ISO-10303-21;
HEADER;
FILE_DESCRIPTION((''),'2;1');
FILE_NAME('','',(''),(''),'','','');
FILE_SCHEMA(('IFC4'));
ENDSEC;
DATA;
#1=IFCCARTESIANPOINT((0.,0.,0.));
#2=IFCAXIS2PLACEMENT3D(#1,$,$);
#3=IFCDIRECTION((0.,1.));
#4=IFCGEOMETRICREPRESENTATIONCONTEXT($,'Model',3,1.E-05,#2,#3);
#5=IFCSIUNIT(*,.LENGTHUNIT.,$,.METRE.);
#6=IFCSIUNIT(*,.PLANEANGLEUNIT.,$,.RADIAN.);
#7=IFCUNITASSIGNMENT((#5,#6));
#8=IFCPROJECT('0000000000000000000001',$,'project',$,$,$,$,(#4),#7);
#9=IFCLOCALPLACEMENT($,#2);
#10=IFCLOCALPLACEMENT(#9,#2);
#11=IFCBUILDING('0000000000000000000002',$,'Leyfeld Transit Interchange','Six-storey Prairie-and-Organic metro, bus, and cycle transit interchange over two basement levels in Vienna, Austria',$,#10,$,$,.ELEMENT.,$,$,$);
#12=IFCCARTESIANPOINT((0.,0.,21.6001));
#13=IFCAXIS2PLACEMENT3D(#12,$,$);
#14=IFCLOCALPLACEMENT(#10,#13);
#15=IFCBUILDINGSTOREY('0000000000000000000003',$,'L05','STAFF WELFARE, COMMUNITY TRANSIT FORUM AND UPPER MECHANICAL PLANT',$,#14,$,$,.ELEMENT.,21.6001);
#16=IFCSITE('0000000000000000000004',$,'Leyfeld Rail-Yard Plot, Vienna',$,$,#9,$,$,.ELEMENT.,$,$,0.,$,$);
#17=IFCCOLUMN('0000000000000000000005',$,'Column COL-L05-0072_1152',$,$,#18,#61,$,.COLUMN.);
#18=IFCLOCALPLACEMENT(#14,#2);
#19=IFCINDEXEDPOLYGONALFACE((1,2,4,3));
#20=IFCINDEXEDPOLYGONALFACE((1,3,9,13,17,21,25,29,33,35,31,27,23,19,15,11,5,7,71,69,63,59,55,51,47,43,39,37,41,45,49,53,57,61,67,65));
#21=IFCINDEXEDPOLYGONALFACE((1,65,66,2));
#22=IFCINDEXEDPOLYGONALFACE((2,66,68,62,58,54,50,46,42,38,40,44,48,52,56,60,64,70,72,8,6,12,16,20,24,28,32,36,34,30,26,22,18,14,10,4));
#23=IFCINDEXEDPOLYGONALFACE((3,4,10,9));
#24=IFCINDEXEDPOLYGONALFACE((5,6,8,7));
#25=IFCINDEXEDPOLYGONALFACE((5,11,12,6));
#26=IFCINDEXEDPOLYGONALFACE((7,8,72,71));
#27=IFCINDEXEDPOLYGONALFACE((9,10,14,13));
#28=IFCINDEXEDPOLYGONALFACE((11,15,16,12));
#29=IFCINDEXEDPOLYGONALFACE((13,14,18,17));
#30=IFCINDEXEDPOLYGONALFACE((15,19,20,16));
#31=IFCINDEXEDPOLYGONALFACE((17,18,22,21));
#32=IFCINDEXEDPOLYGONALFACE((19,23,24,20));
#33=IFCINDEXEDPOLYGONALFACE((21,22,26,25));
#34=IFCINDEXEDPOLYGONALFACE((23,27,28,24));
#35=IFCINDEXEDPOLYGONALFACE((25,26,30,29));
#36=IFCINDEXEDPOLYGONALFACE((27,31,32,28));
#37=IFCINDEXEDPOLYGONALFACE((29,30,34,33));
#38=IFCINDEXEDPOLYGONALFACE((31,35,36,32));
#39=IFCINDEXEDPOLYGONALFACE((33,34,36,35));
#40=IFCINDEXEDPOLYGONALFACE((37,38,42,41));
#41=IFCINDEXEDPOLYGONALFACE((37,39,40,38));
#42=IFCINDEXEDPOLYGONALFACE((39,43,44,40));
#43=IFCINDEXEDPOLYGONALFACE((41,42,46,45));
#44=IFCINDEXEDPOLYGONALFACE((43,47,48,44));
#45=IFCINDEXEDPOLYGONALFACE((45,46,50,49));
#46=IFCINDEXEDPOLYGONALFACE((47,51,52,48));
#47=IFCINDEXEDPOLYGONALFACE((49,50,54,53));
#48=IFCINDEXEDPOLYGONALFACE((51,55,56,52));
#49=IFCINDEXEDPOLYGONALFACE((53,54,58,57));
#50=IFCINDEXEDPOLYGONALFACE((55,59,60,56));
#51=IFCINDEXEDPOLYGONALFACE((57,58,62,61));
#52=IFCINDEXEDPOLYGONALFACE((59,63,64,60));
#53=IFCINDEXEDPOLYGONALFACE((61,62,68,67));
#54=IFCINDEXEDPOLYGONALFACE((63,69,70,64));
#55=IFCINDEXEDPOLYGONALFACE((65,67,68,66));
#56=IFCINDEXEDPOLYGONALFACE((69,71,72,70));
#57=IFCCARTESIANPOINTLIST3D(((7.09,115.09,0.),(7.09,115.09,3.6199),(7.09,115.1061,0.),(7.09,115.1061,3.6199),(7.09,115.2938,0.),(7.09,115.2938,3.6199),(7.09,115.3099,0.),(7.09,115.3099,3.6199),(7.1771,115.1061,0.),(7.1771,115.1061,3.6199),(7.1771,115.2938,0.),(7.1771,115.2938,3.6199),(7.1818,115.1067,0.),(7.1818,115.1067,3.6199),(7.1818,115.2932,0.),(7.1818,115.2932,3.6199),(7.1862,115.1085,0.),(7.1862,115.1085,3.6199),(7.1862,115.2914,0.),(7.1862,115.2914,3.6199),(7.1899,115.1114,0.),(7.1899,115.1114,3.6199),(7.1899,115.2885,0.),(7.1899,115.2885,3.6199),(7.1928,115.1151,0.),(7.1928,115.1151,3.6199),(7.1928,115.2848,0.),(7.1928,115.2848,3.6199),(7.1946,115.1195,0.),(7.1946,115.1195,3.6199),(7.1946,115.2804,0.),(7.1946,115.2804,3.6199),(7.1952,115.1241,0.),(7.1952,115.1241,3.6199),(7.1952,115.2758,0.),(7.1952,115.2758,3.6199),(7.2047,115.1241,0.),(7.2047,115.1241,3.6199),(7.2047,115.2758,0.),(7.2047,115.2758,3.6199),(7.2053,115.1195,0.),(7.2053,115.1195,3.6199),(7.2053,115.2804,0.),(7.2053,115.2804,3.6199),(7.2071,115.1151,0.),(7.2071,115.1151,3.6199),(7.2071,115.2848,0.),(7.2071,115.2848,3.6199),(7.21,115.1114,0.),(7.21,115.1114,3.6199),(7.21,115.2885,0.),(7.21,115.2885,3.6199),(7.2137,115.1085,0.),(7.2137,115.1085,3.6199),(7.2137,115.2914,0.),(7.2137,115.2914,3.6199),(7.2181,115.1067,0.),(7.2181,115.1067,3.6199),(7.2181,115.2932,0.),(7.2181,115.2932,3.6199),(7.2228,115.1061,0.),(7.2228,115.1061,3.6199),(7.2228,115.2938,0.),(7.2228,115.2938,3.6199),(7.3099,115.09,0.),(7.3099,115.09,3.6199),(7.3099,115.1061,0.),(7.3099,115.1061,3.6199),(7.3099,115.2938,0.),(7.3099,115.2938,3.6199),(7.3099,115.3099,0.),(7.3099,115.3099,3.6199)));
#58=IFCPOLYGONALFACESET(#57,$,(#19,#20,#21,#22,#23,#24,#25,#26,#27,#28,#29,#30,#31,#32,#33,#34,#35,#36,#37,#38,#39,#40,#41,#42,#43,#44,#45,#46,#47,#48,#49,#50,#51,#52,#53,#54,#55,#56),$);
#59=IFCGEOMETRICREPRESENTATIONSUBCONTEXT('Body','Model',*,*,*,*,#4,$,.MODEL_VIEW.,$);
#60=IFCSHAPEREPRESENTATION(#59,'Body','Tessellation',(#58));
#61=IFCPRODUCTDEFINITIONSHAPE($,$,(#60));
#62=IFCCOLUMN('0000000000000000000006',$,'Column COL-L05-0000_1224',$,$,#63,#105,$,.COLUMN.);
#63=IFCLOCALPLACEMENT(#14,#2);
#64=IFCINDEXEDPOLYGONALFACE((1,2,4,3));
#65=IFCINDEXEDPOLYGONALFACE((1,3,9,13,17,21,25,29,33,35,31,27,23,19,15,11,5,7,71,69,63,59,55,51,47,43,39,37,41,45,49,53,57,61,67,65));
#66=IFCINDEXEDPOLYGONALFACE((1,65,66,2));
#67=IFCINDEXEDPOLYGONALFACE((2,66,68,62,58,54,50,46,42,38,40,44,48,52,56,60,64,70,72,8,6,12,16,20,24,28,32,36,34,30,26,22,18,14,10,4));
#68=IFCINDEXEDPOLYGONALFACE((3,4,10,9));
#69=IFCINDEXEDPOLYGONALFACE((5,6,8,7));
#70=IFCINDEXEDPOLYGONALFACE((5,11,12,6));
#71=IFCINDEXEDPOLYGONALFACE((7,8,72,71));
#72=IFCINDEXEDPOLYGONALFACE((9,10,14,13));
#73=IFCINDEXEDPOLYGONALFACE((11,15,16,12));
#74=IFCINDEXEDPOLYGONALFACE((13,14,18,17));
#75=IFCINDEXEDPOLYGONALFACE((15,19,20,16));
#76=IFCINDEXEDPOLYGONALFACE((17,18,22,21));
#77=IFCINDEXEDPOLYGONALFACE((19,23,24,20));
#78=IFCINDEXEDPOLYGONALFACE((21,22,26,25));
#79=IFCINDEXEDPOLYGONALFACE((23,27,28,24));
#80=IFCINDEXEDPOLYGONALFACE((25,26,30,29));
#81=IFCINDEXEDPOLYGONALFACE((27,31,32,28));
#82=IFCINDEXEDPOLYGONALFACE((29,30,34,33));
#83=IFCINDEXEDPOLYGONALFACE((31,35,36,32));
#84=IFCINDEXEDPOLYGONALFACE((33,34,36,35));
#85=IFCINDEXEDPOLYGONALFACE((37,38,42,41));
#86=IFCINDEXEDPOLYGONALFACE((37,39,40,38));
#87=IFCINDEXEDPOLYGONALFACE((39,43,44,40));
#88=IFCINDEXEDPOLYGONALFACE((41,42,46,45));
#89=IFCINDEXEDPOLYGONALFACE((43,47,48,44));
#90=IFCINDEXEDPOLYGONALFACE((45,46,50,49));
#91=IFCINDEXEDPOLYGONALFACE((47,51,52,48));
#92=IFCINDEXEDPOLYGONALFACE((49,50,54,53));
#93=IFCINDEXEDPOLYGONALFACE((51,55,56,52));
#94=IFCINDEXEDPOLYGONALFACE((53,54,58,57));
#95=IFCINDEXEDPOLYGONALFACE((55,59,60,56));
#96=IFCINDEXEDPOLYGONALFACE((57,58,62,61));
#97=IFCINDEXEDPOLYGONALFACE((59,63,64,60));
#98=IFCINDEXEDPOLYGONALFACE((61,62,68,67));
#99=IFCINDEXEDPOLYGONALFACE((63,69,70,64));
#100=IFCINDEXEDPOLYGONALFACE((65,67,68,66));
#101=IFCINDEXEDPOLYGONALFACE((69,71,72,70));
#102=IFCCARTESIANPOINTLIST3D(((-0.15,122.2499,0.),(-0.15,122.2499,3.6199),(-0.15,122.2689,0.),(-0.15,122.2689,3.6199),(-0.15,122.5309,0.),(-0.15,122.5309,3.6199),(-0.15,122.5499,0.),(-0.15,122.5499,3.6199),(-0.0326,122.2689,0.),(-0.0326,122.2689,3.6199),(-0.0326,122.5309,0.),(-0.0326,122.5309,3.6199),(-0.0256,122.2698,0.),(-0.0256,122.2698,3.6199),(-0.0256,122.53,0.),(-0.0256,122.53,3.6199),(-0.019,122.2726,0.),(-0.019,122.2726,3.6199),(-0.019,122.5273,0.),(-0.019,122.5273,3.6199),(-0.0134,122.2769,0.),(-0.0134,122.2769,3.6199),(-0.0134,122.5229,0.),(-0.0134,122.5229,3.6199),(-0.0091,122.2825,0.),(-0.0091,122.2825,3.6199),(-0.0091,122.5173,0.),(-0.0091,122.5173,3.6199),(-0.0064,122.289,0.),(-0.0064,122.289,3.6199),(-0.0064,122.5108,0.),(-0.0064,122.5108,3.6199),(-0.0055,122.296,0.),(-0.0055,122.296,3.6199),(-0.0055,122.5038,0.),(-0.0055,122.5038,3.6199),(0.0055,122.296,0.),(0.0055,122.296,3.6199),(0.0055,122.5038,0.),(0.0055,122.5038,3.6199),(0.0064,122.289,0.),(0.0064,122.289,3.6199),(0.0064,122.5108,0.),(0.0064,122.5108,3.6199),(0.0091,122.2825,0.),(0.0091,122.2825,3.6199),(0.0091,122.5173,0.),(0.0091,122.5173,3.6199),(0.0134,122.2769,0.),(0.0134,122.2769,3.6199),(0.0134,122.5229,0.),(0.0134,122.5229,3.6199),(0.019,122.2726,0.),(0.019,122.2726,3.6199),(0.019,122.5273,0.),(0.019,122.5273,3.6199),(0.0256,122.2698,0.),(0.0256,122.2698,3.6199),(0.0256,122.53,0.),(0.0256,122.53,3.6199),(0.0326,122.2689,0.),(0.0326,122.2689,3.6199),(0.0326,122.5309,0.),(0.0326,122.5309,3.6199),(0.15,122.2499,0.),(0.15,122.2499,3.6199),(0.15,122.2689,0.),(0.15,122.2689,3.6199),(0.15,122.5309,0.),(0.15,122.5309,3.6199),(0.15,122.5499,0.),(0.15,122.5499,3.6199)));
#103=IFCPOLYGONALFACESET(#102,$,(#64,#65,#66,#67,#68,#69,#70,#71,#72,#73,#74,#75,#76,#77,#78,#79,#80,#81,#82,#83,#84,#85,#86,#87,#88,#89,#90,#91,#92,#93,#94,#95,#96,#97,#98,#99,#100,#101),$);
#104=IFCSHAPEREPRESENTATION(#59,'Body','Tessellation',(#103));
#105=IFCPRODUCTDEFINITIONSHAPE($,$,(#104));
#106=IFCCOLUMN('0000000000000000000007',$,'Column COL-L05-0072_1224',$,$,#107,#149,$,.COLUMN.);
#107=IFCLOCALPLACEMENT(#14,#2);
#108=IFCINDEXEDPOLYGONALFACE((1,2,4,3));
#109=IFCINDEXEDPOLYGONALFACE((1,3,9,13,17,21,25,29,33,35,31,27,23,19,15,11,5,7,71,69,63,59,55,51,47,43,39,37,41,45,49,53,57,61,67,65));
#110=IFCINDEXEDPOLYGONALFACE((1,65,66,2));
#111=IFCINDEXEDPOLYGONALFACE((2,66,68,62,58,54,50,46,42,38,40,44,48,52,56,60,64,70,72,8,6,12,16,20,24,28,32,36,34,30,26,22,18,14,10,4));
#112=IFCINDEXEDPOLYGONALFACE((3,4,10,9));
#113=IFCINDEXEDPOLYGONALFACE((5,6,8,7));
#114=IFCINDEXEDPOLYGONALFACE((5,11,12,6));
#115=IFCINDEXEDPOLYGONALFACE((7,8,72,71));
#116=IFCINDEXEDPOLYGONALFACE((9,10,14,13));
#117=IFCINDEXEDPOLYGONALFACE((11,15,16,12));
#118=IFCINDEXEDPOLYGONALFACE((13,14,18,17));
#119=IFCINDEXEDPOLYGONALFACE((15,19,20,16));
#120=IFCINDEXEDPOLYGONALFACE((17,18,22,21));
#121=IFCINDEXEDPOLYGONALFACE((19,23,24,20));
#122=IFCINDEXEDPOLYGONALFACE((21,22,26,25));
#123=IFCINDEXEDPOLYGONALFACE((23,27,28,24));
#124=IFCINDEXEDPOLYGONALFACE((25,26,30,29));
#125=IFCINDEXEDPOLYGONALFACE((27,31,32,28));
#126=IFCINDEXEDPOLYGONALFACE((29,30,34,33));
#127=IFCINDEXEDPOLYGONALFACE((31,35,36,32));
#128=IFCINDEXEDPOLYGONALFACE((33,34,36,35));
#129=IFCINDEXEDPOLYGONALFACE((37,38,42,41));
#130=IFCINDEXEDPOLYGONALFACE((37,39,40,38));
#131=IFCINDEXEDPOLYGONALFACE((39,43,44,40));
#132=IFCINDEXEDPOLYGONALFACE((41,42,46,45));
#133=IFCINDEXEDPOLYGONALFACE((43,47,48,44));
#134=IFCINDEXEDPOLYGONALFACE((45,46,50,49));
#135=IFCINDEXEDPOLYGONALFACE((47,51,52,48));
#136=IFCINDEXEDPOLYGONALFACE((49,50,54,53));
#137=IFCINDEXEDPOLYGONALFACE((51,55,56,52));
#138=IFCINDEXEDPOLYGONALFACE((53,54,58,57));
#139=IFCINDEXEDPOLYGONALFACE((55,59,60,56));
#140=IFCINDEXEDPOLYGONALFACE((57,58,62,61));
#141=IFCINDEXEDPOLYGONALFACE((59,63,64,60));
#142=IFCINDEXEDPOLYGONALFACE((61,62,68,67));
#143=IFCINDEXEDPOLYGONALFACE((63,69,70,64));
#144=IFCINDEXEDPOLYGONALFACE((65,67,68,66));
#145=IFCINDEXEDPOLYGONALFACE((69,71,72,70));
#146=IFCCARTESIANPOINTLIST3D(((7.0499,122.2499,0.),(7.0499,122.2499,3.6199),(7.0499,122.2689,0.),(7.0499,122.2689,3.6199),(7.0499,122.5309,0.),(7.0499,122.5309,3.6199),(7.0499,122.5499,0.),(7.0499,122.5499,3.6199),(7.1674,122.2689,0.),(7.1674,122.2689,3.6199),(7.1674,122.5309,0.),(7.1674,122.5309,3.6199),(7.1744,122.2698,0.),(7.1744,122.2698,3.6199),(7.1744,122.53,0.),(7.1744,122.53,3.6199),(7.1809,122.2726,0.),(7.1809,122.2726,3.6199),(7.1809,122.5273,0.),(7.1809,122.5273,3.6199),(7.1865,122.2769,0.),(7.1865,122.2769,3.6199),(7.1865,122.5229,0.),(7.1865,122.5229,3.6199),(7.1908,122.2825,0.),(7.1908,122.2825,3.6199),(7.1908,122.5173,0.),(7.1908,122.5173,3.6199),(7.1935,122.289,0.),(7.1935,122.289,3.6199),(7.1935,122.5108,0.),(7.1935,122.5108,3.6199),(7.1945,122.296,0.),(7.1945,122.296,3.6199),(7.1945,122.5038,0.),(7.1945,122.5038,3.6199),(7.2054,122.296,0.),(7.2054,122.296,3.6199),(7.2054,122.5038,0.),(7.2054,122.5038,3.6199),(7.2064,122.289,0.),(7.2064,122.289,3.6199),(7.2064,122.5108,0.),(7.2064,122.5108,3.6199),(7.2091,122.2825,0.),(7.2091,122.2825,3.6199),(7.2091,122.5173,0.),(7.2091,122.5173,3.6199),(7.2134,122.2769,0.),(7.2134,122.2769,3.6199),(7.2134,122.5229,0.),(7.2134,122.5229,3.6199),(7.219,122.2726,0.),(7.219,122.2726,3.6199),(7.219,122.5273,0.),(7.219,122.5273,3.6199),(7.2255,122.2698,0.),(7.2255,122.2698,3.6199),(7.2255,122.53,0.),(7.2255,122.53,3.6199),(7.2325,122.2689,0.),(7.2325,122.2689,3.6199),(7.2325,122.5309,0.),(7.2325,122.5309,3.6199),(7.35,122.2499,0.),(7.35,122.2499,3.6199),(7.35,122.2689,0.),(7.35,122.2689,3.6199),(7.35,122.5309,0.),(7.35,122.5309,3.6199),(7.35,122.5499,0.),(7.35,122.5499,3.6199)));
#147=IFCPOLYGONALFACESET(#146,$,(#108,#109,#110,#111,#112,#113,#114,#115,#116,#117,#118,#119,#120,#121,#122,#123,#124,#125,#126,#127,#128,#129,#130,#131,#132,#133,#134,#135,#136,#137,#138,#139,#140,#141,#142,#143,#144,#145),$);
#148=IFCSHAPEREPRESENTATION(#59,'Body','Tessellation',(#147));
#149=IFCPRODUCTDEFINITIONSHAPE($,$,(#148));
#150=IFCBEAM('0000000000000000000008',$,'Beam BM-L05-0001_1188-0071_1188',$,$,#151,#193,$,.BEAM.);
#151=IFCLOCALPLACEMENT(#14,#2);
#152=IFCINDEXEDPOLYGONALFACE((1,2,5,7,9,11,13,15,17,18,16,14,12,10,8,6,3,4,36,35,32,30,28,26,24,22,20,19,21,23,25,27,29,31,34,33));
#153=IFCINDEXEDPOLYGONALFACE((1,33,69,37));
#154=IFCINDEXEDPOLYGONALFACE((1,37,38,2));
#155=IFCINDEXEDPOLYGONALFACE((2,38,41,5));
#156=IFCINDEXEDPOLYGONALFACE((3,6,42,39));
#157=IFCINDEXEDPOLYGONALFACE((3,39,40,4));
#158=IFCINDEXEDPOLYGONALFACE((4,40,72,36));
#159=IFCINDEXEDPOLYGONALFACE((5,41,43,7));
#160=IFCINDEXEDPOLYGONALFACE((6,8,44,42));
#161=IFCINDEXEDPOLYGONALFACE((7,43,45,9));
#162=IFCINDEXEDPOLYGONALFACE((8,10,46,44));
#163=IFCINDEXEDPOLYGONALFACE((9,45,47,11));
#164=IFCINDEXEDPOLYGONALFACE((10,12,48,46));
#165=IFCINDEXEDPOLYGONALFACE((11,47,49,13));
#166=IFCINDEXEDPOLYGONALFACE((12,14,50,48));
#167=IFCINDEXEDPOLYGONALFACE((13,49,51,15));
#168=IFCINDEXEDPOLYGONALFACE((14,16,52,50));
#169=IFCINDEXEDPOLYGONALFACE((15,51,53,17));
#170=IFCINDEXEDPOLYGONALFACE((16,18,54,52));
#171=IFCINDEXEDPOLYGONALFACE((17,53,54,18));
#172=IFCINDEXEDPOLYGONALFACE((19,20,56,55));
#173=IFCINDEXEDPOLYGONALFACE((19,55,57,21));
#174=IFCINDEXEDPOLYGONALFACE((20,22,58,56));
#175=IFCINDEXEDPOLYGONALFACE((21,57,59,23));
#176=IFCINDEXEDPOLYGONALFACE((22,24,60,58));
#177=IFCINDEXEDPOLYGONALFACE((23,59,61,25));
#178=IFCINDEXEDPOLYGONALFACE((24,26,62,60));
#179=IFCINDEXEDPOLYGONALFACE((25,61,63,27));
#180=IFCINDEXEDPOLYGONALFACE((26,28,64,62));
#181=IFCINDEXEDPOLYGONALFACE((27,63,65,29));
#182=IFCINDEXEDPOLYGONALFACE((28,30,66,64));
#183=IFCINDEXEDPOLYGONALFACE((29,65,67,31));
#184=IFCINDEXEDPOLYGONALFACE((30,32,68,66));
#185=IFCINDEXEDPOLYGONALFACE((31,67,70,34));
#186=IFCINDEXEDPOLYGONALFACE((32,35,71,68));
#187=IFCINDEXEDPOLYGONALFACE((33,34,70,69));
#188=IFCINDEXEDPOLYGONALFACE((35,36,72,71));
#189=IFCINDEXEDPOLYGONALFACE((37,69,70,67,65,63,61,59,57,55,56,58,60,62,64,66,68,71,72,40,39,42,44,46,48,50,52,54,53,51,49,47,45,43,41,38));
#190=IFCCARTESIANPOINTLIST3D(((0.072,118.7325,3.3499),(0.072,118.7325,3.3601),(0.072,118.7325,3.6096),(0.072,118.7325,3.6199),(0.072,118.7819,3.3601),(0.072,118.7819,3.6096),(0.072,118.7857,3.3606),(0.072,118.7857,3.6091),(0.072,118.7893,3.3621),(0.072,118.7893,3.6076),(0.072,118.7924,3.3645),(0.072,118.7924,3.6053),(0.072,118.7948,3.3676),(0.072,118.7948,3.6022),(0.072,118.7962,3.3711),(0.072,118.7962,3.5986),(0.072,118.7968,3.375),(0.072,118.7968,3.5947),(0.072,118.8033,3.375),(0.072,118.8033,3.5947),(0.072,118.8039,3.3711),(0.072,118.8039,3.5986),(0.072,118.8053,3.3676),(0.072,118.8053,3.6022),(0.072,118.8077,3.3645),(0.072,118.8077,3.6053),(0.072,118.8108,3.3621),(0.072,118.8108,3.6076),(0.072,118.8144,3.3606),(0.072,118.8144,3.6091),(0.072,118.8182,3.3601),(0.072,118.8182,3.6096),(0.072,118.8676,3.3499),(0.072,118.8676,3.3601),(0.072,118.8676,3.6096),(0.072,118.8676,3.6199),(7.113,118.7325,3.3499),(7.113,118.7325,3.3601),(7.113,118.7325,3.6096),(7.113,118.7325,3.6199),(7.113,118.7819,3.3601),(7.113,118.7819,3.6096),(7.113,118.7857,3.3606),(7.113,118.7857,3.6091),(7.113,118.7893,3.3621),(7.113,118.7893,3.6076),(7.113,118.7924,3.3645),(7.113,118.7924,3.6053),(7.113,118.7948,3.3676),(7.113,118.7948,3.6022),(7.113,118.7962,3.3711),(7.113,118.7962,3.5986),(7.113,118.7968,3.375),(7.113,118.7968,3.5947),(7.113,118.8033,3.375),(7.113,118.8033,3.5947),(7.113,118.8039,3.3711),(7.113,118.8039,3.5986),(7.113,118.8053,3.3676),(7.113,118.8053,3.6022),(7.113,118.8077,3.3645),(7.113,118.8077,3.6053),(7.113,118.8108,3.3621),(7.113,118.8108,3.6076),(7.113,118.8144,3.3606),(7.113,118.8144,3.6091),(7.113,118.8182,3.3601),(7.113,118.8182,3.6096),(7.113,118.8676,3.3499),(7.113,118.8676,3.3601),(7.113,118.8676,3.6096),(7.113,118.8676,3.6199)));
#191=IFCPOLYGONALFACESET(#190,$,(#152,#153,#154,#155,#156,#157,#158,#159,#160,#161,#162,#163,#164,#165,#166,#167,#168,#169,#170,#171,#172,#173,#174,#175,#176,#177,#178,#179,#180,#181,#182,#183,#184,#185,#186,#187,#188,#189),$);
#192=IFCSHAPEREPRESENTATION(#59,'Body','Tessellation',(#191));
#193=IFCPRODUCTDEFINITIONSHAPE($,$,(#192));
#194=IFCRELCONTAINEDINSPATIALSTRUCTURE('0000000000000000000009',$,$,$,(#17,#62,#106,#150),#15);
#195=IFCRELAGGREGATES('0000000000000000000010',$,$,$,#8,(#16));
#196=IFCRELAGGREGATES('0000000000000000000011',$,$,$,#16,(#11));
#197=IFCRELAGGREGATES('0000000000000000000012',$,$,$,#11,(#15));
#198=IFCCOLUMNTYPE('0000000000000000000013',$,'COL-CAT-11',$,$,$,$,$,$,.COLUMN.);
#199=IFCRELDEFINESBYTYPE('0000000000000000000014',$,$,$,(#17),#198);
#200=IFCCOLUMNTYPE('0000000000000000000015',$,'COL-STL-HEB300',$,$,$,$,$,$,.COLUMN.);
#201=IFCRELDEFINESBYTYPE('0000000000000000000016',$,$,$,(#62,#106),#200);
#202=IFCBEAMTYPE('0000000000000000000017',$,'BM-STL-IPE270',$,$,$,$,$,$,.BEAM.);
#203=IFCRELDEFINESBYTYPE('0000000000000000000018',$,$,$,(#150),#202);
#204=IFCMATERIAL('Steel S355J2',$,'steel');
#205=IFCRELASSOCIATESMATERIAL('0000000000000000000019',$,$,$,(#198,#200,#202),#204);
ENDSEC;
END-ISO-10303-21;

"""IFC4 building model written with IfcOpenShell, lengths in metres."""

from ifc_helpers import new_model, si_unit, direction, frame, origin, origin_2d, place, context, subcontext, project, spatial, i_section, extrude, material, material_profile, profile_set, type_object, element, save


model = new_model("IFC4")

# Units and contexts
model_context = context("Model", 3, precision=1e-05, world=origin(), true_north=direction((0.0, 1.0)))
body_context = subcontext(model_context, "Body", "Model", "MODEL_VIEW")
ifc_project = project(units=[si_unit("LENGTHUNIT", "METRE"), si_unit("PLANEANGLEUNIT", "RADIAN")], contexts=[model_context])

# Site, building, storey
site_placement = place(None, origin())
site = spatial("IfcSite", under=ifc_project, at=site_placement, Name="Leyfeld Rail-Yard Plot, Vienna", CompositionType="ELEMENT", RefElevation=0.0)
building_placement = place(site_placement, origin())
building = spatial("IfcBuilding", under=site, at=building_placement, Name="Leyfeld Transit Interchange", Description="Six-storey Prairie-and-Organic metro, bus, and cycle transit interchange over two basement levels in Vienna, Austria", CompositionType="ELEMENT")
storey_placement = place(building_placement, frame((0.0, 0.0, 21.6001)))
storey = spatial("IfcBuildingStorey", under=building, at=storey_placement, Name="L05", Description="STAFF WELFARE, COMMUNITY TRANSIT FORUM AND UPPER MECHANICAL PLANT", CompositionType="ELEMENT", Elevation=21.6001)

# Columns
ifc_material_1 = material(Name="Steel S355J2", Category="steel")
ifc_material_profile_1 = material_profile(ifc_material_1, i_section(OverallWidth=0.22, OverallDepth=0.22, WebThickness=0.0095, FlangeThickness=0.0161, FilletRadius=0.0181, at=origin_2d()), Name="HEB 220")
ifc_profile_set_1 = profile_set([ifc_material_profile_1], Name="Steel S355J2")
column_type_1 = type_object("IfcColumnType", Name="COL-CAT-11", PredefinedType="COLUMN", material=ifc_profile_set_1)
column_placement = place(storey_placement, frame((7.2, 115.2, 0.0), z_axis=(0.0, 0.0, 1.0), x_axis=(1.0, 0.0, 0.0)))
element("IfcColumn", 1, at=column_placement, inside=storey, type_object=column_type_1, Name="Column COL-L05-0072_1152", PredefinedType="COLUMN", context=body_context, shape_type="SweptSolid", body=[
    extrude(i_section(OverallWidth=0.22, OverallDepth=0.22, WebThickness=0.0095, FlangeThickness=0.0161, FilletRadius=0.0181, at=origin_2d()), origin(), (0.0, 0.0, 1.0), 3.6199),
])
ifc_material_profile_2 = material_profile(ifc_material_1, i_section(OverallWidth=0.3, OverallDepth=0.3, WebThickness=0.011, FlangeThickness=0.019, FilletRadius=0.0271, at=origin_2d()), Name="HEB 300")
ifc_profile_set_2 = profile_set([ifc_material_profile_2], Name="Steel S355J2")
column_type_2 = type_object("IfcColumnType", Name="COL-STL-HEB300", PredefinedType="COLUMN", material=ifc_profile_set_2)
for number, where, z_axis, x_axis, name in (
    (2, (0.0, 122.3999, 0.0), (0.0, 0.0, 1.0), (1.0, 0.0, 0.0), "Column COL-L05-0000_1224"),
    (3, (7.2, 122.3999, 0.0), (0.0, 0.0, 1.0), (1.0, 0.0, 0.0), "Column COL-L05-0072_1224"),
):
    element("IfcColumn", number, at=place(storey_placement, frame(where, z_axis=z_axis, x_axis=x_axis)), inside=storey, type_object=column_type_2, Name=name, PredefinedType="COLUMN", context=body_context, shape_type="SweptSolid", body=[
        extrude(i_section(OverallWidth=0.3, OverallDepth=0.3, WebThickness=0.011, FlangeThickness=0.019, FilletRadius=0.0271, at=origin_2d()), origin(), (0.0, 0.0, 1.0), 3.6199),
    ])

# Beam
ifc_material_profile_3 = material_profile(ifc_material_1, i_section(OverallWidth=0.135, OverallDepth=0.27, WebThickness=0.0066, FlangeThickness=0.0103, FilletRadius=0.0149, at=origin_2d()), Name="IPE 270")
ifc_profile_set_3 = profile_set([ifc_material_profile_3], Name="Steel S355J2")
beam_type_1 = type_object("IfcBeamType", Name="BM-STL-IPE270", PredefinedType="BEAM", material=ifc_profile_set_3)
beam_1_placement = place(storey_placement, frame((0.072, 118.8, 3.4849), z_axis=(1.0, 0.0, 0.0), x_axis=(0.0, 1.0, 0.0)))
element("IfcBeam", 4, at=beam_1_placement, inside=storey, type_object=beam_type_1, Name="Beam BM-L05-0001_1188-0071_1188", PredefinedType="BEAM", context=body_context, shape_type="SweptSolid", body=[
    extrude(i_section(OverallWidth=0.135, OverallDepth=0.27, WebThickness=0.0066, FlangeThickness=0.0103, FilletRadius=0.0149, at=origin_2d()), origin(), (0.0, 0.0, 1.0), 7.041),
])

save(model, "model.ifc")
